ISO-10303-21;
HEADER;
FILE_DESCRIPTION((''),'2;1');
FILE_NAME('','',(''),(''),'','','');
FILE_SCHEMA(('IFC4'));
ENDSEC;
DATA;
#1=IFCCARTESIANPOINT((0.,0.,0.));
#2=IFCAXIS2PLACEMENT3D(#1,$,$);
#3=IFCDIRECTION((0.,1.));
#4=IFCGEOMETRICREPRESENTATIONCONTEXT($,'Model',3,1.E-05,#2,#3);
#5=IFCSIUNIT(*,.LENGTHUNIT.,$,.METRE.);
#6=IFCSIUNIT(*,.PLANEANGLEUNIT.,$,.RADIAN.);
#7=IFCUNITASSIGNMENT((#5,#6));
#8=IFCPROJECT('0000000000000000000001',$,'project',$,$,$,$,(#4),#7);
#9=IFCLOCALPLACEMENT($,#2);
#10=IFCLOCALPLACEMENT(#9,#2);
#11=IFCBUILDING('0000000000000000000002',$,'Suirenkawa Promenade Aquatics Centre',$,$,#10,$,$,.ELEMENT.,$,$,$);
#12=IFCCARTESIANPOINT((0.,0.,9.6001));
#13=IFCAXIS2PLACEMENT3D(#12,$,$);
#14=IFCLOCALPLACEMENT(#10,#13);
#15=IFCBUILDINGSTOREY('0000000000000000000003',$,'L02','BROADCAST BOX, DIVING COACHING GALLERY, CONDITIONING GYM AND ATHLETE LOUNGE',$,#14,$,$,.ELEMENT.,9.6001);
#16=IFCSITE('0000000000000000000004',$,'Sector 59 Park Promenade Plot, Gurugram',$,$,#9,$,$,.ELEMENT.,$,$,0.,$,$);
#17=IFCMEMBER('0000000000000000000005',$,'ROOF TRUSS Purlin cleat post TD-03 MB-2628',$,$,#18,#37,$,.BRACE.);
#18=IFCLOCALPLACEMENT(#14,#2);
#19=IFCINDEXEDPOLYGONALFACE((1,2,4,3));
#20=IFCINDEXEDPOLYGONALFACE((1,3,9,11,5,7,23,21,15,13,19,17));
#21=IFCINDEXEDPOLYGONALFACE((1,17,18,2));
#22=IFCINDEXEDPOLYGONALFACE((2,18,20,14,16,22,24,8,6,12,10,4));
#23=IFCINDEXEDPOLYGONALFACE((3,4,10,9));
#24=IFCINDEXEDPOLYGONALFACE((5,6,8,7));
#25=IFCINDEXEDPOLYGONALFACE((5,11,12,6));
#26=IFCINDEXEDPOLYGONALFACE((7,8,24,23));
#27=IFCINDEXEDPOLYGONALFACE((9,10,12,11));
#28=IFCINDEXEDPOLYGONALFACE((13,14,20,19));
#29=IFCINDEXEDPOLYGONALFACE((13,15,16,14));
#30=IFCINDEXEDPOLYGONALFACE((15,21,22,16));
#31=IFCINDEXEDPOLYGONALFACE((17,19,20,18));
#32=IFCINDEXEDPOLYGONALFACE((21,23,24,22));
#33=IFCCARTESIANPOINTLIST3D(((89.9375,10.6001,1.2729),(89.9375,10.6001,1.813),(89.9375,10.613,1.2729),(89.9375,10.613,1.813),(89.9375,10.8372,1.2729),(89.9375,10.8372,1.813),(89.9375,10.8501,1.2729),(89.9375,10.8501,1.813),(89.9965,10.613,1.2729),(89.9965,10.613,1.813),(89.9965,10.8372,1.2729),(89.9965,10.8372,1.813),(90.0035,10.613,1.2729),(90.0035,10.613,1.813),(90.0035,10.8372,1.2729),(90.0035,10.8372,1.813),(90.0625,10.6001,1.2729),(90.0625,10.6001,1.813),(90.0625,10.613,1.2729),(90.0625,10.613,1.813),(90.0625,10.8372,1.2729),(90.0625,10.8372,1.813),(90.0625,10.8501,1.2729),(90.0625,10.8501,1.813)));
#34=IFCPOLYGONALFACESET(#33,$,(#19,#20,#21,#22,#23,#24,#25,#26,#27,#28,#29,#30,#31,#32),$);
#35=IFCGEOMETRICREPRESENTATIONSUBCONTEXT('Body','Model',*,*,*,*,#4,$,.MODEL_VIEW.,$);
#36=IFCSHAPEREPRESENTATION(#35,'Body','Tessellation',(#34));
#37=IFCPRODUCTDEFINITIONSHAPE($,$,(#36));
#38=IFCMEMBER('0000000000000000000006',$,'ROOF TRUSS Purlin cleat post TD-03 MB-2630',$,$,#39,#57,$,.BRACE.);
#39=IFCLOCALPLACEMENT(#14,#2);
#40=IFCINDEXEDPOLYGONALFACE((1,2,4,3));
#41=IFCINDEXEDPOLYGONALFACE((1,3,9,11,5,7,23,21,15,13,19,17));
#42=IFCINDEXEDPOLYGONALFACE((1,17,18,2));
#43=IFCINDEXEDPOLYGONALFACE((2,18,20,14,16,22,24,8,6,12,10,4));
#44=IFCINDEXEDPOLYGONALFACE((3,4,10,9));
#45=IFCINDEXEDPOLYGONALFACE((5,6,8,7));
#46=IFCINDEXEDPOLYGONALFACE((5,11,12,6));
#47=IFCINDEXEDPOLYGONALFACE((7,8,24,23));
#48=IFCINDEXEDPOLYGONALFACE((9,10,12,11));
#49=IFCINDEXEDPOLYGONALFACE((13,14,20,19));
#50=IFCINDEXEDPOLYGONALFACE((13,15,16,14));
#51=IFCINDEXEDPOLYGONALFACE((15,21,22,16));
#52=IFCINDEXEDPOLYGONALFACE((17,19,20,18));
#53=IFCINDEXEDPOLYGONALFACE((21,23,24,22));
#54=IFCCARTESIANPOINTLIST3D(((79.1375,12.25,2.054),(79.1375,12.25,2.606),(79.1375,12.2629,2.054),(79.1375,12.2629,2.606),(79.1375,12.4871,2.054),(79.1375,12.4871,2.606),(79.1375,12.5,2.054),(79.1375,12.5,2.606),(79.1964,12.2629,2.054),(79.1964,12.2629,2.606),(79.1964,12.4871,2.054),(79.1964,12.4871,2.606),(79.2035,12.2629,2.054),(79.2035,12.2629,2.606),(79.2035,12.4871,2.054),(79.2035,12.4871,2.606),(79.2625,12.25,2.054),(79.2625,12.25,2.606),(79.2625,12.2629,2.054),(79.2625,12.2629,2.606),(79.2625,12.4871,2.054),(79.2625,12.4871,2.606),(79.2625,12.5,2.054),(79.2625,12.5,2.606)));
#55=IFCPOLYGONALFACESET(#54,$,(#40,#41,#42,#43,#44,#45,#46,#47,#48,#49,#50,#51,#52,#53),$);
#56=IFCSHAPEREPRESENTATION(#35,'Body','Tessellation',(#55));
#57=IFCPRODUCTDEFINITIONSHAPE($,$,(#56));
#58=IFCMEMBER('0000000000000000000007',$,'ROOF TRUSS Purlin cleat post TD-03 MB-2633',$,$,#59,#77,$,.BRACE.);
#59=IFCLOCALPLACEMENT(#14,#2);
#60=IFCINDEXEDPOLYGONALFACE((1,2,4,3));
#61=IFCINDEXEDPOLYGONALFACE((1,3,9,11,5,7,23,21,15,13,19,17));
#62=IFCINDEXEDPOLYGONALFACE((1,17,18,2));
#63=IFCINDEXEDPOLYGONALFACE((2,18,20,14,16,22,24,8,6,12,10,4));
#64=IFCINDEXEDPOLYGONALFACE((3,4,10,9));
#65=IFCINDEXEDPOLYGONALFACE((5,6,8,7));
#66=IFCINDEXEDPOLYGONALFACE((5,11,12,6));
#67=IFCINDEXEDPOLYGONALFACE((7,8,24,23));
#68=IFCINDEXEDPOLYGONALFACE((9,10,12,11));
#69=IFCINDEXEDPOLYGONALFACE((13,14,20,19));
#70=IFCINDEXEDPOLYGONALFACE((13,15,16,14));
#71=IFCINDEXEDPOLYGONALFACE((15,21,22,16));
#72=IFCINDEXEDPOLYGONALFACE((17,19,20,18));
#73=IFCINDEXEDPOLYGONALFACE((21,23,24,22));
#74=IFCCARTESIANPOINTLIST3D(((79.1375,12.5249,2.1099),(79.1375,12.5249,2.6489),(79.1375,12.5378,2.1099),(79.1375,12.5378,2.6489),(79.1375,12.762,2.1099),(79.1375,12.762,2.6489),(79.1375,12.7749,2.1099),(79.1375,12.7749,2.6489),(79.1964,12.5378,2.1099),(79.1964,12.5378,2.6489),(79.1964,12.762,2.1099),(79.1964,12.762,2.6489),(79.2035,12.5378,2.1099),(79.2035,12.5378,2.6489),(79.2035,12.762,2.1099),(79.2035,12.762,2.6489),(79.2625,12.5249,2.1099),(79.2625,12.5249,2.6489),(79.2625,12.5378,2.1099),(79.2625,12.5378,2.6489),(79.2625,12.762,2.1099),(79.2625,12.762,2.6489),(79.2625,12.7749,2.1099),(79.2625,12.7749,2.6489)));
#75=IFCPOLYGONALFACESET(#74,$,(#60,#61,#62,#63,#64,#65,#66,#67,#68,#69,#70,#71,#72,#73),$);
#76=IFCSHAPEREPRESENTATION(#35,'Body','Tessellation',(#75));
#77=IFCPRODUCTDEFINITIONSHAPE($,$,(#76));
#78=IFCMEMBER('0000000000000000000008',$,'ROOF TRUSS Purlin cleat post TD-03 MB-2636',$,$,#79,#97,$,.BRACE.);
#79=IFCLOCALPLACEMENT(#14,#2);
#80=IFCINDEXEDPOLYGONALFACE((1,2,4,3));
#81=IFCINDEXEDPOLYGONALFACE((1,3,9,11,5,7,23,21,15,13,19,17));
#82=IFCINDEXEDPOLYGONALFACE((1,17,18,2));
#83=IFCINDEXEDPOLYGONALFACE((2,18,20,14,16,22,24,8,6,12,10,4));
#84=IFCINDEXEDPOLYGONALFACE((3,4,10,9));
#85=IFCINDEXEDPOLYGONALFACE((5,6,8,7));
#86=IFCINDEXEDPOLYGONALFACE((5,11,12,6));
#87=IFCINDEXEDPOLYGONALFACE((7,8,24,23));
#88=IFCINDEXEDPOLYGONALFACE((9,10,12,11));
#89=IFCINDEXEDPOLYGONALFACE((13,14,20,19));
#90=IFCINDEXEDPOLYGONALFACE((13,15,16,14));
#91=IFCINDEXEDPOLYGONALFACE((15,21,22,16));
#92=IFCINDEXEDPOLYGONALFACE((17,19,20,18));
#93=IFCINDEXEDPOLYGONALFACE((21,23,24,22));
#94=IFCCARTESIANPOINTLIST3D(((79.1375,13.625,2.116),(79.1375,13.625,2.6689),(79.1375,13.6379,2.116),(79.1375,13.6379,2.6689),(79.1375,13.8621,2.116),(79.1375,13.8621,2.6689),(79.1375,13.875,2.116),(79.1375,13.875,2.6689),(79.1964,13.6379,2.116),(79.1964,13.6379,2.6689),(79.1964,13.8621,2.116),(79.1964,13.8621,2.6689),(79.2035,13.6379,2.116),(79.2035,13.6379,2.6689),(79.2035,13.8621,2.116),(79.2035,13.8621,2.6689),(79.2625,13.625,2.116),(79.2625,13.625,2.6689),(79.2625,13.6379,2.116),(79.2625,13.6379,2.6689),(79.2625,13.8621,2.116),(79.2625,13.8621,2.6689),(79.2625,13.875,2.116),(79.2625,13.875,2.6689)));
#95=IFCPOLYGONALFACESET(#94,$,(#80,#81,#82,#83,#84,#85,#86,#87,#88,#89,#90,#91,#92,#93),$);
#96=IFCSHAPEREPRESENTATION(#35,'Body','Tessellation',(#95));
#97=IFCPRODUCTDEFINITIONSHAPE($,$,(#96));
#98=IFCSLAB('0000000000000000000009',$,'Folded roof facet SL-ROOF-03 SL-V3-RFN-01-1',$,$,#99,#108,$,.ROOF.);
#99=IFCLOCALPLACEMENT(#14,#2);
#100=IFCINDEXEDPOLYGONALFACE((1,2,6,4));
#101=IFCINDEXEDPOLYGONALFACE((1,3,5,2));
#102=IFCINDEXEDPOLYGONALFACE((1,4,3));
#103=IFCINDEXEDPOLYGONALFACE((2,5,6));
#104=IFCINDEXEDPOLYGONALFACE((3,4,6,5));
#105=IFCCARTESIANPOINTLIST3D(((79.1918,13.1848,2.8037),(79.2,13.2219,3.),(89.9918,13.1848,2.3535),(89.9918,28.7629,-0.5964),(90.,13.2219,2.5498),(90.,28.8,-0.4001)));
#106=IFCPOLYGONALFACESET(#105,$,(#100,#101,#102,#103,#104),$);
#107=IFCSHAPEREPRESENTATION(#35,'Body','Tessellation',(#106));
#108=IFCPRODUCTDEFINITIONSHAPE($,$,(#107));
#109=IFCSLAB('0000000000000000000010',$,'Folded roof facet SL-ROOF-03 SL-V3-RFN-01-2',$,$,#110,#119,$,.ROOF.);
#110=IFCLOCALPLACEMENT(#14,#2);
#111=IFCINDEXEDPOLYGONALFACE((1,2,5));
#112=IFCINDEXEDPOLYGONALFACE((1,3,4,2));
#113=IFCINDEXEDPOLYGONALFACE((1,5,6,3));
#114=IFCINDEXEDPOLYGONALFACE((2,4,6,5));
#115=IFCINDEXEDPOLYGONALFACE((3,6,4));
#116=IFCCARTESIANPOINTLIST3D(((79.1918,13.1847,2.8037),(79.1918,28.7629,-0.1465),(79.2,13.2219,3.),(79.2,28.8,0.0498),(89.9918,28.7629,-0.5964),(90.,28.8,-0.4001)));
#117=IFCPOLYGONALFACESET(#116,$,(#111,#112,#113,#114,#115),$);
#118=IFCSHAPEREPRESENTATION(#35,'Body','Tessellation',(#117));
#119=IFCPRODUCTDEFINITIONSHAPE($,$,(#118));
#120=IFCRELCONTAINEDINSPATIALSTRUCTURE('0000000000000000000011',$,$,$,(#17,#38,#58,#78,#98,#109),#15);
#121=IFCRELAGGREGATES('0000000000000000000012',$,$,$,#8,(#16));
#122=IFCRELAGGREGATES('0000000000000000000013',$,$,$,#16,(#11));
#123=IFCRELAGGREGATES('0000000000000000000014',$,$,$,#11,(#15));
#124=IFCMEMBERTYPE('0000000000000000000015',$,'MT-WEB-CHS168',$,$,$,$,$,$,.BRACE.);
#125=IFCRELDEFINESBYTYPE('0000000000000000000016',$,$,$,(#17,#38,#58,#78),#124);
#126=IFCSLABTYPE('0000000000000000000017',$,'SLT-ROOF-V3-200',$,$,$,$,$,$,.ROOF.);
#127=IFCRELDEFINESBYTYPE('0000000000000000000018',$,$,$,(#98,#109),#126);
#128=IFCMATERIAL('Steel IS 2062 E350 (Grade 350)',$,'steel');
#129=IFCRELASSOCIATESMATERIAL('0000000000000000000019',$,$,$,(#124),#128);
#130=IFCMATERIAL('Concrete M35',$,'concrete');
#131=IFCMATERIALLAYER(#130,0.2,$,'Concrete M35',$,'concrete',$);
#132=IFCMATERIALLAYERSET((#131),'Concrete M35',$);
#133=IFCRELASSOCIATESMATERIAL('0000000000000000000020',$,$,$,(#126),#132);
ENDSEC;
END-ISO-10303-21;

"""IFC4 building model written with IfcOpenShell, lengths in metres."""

from ifc_helpers import new_model, si_unit, direction, frame, origin, origin_2d, place, context, subcontext, project, spatial, polyline, i_section, outline, extrude, material, layer, layer_set, material_profile, profile_set, type_object, element, save


model = new_model("IFC4")

# Units and contexts
model_context = context("Model", 3, precision=1e-05, world=origin(), true_north=direction((0.0, 1.0)))
body_context = subcontext(model_context, "Body", "Model", "MODEL_VIEW")
ifc_project = project(units=[si_unit("LENGTHUNIT", "METRE"), si_unit("PLANEANGLEUNIT", "RADIAN")], contexts=[model_context])

# Site, building, storey
site_placement = place(None, origin())
site = spatial("IfcSite", under=ifc_project, at=site_placement, Name="Sector 59 Park Promenade Plot, Gurugram", CompositionType="ELEMENT", RefElevation=0.0)
building_placement = place(site_placement, origin())
building = spatial("IfcBuilding", under=site, at=building_placement, Name="Suirenkawa Promenade Aquatics Centre", CompositionType="ELEMENT")
storey_placement = place(building_placement, frame((0.0, 0.0, 9.6001)))
storey = spatial("IfcBuildingStorey", under=building, at=storey_placement, Name="L02", Description="BROADCAST BOX, DIVING COACHING GALLERY, CONDITIONING GYM AND ATHLETE LOUNGE", CompositionType="ELEMENT", Elevation=9.6001)

# Shared definitions
ifc_material_1 = material(Name="Steel IS 2062 E350 (Grade 350)", Category="steel")

# Members
ifc_material_profile_1 = material_profile(ifc_material_1, i_section(OverallWidth=0.125, OverallDepth=0.25, WebThickness=0.0071, FlangeThickness=0.0129, at=origin_2d()), Name="ISMB 250", Category="steel")
ifc_profile_set_1 = profile_set([ifc_material_profile_1], Name="Steel IS 2062 E350 (Grade 350)")
member_type_1 = type_object("IfcMemberType", Name="MT-WEB-CHS168", PredefinedType="BRACE", material=ifc_profile_set_1)
for number, where, z_axis, x_axis, name in (
    (1, (90.0, 10.7251, 1.2729), (0.0, 0.0, 1.0), (1.0, 0.0, 0.0), "ROOF TRUSS Purlin cleat post TD-03 MB-2628"),
):
    element("IfcMember", number, at=place(storey_placement, frame(where, z_axis=z_axis, x_axis=x_axis)), inside=storey, type_object=member_type_1, Name=name, PredefinedType="BRACE", context=body_context, shape_type="SweptSolid", body=[
        extrude(i_section(OverallWidth=0.125, OverallDepth=0.25, WebThickness=0.0071, FlangeThickness=0.0129, at=origin_2d()), origin(), (0.0, 0.0, 1.0), 0.54),
    ])
member_1_placement = place(storey_placement, frame((79.2, 12.375, 2.054), z_axis=(0.0, 0.0, 1.0), x_axis=(1.0, 0.0, 0.0)))
element("IfcMember", 2, at=member_1_placement, inside=storey, type_object=member_type_1, Name="ROOF TRUSS Purlin cleat post TD-03 MB-2630", PredefinedType="BRACE", context=body_context, shape_type="SweptSolid", body=[
    extrude(i_section(OverallWidth=0.125, OverallDepth=0.25, WebThickness=0.0071, FlangeThickness=0.0129, at=origin_2d()), origin(), (0.0, 0.0, 1.0), 0.552),
])
member_2_placement = place(storey_placement, frame((79.2, 12.6499, 2.1099), z_axis=(0.0, 0.0, 1.0), x_axis=(1.0, 0.0, 0.0)))
element("IfcMember", 3, at=member_2_placement, inside=storey, type_object=member_type_1, Name="ROOF TRUSS Purlin cleat post TD-03 MB-2633", PredefinedType="BRACE", context=body_context, shape_type="SweptSolid", body=[
    extrude(i_section(OverallWidth=0.125, OverallDepth=0.25, WebThickness=0.0071, FlangeThickness=0.0129, at=origin_2d()), origin(), (0.0, 0.0, 1.0), 0.5391),
])
member_3_placement = place(storey_placement, frame((79.2, 13.75, 2.116), z_axis=(0.0, 0.0, 1.0), x_axis=(1.0, 0.0, 0.0)))
element("IfcMember", 4, at=member_3_placement, inside=storey, type_object=member_type_1, Name="ROOF TRUSS Purlin cleat post TD-03 MB-2636", PredefinedType="BRACE", context=body_context, shape_type="SweptSolid", body=[
    extrude(i_section(OverallWidth=0.125, OverallDepth=0.25, WebThickness=0.0071, FlangeThickness=0.0129, at=origin_2d()), origin(), (0.0, 0.0, 1.0), 0.553),
])

# Slabs
ifc_material_2 = material(Name="Concrete M35", Category="concrete")
ifc_layer = layer(ifc_material_2, 0.2, Name="Concrete M35", Category="concrete")
ifc_layer_set = layer_set([ifc_layer], Name="Concrete M35")
slab_type = type_object("IfcSlabType", Name="SLT-ROOF-V3-200", PredefinedType="ROOF", material=ifc_layer_set)
slab_1_placement = place(storey_placement, frame((79.2, 13.2219, 3.0), z_axis=(0.040922, 0.185903, 0.981716), x_axis=(0.999132, 0.0, -0.041648)))
element("IfcSlab", 5, at=slab_1_placement, inside=storey, type_object=slab_type, Name="Folded roof facet SL-ROOF-03 SL-V3-RFN-01-1", PredefinedType="ROOF", context=body_context, shape_type="SweptSolid", body=[
    extrude(outline(polyline([(0.0, 0.0), (10.8094, 0.0), (10.9323, 15.8545), (0.0, 0.0)])), origin(), (0.0, 0.0, -1.0), 0.2),
])
slab_2_placement = place(storey_placement, frame((79.2, 13.2219, 3.0), z_axis=(0.0409, 0.185918, 0.981714), x_axis=(0.560801, 0.808907, -0.176555)))
element("IfcSlab", 6, at=slab_2_placement, inside=storey, type_object=slab_type, Name="Folded roof facet SL-ROOF-03 SL-V3-RFN-01-2", PredefinedType="ROOF", context=body_context, shape_type="SweptSolid", body=[
    extrude(outline(polyline([(0.0, 0.0), (19.2582, 0.0), (13.1221, 8.899), (0.0, 0.0)])), origin(), (0.0, 0.0, -1.0), 0.2),
])

save(model, "model.ifc")
